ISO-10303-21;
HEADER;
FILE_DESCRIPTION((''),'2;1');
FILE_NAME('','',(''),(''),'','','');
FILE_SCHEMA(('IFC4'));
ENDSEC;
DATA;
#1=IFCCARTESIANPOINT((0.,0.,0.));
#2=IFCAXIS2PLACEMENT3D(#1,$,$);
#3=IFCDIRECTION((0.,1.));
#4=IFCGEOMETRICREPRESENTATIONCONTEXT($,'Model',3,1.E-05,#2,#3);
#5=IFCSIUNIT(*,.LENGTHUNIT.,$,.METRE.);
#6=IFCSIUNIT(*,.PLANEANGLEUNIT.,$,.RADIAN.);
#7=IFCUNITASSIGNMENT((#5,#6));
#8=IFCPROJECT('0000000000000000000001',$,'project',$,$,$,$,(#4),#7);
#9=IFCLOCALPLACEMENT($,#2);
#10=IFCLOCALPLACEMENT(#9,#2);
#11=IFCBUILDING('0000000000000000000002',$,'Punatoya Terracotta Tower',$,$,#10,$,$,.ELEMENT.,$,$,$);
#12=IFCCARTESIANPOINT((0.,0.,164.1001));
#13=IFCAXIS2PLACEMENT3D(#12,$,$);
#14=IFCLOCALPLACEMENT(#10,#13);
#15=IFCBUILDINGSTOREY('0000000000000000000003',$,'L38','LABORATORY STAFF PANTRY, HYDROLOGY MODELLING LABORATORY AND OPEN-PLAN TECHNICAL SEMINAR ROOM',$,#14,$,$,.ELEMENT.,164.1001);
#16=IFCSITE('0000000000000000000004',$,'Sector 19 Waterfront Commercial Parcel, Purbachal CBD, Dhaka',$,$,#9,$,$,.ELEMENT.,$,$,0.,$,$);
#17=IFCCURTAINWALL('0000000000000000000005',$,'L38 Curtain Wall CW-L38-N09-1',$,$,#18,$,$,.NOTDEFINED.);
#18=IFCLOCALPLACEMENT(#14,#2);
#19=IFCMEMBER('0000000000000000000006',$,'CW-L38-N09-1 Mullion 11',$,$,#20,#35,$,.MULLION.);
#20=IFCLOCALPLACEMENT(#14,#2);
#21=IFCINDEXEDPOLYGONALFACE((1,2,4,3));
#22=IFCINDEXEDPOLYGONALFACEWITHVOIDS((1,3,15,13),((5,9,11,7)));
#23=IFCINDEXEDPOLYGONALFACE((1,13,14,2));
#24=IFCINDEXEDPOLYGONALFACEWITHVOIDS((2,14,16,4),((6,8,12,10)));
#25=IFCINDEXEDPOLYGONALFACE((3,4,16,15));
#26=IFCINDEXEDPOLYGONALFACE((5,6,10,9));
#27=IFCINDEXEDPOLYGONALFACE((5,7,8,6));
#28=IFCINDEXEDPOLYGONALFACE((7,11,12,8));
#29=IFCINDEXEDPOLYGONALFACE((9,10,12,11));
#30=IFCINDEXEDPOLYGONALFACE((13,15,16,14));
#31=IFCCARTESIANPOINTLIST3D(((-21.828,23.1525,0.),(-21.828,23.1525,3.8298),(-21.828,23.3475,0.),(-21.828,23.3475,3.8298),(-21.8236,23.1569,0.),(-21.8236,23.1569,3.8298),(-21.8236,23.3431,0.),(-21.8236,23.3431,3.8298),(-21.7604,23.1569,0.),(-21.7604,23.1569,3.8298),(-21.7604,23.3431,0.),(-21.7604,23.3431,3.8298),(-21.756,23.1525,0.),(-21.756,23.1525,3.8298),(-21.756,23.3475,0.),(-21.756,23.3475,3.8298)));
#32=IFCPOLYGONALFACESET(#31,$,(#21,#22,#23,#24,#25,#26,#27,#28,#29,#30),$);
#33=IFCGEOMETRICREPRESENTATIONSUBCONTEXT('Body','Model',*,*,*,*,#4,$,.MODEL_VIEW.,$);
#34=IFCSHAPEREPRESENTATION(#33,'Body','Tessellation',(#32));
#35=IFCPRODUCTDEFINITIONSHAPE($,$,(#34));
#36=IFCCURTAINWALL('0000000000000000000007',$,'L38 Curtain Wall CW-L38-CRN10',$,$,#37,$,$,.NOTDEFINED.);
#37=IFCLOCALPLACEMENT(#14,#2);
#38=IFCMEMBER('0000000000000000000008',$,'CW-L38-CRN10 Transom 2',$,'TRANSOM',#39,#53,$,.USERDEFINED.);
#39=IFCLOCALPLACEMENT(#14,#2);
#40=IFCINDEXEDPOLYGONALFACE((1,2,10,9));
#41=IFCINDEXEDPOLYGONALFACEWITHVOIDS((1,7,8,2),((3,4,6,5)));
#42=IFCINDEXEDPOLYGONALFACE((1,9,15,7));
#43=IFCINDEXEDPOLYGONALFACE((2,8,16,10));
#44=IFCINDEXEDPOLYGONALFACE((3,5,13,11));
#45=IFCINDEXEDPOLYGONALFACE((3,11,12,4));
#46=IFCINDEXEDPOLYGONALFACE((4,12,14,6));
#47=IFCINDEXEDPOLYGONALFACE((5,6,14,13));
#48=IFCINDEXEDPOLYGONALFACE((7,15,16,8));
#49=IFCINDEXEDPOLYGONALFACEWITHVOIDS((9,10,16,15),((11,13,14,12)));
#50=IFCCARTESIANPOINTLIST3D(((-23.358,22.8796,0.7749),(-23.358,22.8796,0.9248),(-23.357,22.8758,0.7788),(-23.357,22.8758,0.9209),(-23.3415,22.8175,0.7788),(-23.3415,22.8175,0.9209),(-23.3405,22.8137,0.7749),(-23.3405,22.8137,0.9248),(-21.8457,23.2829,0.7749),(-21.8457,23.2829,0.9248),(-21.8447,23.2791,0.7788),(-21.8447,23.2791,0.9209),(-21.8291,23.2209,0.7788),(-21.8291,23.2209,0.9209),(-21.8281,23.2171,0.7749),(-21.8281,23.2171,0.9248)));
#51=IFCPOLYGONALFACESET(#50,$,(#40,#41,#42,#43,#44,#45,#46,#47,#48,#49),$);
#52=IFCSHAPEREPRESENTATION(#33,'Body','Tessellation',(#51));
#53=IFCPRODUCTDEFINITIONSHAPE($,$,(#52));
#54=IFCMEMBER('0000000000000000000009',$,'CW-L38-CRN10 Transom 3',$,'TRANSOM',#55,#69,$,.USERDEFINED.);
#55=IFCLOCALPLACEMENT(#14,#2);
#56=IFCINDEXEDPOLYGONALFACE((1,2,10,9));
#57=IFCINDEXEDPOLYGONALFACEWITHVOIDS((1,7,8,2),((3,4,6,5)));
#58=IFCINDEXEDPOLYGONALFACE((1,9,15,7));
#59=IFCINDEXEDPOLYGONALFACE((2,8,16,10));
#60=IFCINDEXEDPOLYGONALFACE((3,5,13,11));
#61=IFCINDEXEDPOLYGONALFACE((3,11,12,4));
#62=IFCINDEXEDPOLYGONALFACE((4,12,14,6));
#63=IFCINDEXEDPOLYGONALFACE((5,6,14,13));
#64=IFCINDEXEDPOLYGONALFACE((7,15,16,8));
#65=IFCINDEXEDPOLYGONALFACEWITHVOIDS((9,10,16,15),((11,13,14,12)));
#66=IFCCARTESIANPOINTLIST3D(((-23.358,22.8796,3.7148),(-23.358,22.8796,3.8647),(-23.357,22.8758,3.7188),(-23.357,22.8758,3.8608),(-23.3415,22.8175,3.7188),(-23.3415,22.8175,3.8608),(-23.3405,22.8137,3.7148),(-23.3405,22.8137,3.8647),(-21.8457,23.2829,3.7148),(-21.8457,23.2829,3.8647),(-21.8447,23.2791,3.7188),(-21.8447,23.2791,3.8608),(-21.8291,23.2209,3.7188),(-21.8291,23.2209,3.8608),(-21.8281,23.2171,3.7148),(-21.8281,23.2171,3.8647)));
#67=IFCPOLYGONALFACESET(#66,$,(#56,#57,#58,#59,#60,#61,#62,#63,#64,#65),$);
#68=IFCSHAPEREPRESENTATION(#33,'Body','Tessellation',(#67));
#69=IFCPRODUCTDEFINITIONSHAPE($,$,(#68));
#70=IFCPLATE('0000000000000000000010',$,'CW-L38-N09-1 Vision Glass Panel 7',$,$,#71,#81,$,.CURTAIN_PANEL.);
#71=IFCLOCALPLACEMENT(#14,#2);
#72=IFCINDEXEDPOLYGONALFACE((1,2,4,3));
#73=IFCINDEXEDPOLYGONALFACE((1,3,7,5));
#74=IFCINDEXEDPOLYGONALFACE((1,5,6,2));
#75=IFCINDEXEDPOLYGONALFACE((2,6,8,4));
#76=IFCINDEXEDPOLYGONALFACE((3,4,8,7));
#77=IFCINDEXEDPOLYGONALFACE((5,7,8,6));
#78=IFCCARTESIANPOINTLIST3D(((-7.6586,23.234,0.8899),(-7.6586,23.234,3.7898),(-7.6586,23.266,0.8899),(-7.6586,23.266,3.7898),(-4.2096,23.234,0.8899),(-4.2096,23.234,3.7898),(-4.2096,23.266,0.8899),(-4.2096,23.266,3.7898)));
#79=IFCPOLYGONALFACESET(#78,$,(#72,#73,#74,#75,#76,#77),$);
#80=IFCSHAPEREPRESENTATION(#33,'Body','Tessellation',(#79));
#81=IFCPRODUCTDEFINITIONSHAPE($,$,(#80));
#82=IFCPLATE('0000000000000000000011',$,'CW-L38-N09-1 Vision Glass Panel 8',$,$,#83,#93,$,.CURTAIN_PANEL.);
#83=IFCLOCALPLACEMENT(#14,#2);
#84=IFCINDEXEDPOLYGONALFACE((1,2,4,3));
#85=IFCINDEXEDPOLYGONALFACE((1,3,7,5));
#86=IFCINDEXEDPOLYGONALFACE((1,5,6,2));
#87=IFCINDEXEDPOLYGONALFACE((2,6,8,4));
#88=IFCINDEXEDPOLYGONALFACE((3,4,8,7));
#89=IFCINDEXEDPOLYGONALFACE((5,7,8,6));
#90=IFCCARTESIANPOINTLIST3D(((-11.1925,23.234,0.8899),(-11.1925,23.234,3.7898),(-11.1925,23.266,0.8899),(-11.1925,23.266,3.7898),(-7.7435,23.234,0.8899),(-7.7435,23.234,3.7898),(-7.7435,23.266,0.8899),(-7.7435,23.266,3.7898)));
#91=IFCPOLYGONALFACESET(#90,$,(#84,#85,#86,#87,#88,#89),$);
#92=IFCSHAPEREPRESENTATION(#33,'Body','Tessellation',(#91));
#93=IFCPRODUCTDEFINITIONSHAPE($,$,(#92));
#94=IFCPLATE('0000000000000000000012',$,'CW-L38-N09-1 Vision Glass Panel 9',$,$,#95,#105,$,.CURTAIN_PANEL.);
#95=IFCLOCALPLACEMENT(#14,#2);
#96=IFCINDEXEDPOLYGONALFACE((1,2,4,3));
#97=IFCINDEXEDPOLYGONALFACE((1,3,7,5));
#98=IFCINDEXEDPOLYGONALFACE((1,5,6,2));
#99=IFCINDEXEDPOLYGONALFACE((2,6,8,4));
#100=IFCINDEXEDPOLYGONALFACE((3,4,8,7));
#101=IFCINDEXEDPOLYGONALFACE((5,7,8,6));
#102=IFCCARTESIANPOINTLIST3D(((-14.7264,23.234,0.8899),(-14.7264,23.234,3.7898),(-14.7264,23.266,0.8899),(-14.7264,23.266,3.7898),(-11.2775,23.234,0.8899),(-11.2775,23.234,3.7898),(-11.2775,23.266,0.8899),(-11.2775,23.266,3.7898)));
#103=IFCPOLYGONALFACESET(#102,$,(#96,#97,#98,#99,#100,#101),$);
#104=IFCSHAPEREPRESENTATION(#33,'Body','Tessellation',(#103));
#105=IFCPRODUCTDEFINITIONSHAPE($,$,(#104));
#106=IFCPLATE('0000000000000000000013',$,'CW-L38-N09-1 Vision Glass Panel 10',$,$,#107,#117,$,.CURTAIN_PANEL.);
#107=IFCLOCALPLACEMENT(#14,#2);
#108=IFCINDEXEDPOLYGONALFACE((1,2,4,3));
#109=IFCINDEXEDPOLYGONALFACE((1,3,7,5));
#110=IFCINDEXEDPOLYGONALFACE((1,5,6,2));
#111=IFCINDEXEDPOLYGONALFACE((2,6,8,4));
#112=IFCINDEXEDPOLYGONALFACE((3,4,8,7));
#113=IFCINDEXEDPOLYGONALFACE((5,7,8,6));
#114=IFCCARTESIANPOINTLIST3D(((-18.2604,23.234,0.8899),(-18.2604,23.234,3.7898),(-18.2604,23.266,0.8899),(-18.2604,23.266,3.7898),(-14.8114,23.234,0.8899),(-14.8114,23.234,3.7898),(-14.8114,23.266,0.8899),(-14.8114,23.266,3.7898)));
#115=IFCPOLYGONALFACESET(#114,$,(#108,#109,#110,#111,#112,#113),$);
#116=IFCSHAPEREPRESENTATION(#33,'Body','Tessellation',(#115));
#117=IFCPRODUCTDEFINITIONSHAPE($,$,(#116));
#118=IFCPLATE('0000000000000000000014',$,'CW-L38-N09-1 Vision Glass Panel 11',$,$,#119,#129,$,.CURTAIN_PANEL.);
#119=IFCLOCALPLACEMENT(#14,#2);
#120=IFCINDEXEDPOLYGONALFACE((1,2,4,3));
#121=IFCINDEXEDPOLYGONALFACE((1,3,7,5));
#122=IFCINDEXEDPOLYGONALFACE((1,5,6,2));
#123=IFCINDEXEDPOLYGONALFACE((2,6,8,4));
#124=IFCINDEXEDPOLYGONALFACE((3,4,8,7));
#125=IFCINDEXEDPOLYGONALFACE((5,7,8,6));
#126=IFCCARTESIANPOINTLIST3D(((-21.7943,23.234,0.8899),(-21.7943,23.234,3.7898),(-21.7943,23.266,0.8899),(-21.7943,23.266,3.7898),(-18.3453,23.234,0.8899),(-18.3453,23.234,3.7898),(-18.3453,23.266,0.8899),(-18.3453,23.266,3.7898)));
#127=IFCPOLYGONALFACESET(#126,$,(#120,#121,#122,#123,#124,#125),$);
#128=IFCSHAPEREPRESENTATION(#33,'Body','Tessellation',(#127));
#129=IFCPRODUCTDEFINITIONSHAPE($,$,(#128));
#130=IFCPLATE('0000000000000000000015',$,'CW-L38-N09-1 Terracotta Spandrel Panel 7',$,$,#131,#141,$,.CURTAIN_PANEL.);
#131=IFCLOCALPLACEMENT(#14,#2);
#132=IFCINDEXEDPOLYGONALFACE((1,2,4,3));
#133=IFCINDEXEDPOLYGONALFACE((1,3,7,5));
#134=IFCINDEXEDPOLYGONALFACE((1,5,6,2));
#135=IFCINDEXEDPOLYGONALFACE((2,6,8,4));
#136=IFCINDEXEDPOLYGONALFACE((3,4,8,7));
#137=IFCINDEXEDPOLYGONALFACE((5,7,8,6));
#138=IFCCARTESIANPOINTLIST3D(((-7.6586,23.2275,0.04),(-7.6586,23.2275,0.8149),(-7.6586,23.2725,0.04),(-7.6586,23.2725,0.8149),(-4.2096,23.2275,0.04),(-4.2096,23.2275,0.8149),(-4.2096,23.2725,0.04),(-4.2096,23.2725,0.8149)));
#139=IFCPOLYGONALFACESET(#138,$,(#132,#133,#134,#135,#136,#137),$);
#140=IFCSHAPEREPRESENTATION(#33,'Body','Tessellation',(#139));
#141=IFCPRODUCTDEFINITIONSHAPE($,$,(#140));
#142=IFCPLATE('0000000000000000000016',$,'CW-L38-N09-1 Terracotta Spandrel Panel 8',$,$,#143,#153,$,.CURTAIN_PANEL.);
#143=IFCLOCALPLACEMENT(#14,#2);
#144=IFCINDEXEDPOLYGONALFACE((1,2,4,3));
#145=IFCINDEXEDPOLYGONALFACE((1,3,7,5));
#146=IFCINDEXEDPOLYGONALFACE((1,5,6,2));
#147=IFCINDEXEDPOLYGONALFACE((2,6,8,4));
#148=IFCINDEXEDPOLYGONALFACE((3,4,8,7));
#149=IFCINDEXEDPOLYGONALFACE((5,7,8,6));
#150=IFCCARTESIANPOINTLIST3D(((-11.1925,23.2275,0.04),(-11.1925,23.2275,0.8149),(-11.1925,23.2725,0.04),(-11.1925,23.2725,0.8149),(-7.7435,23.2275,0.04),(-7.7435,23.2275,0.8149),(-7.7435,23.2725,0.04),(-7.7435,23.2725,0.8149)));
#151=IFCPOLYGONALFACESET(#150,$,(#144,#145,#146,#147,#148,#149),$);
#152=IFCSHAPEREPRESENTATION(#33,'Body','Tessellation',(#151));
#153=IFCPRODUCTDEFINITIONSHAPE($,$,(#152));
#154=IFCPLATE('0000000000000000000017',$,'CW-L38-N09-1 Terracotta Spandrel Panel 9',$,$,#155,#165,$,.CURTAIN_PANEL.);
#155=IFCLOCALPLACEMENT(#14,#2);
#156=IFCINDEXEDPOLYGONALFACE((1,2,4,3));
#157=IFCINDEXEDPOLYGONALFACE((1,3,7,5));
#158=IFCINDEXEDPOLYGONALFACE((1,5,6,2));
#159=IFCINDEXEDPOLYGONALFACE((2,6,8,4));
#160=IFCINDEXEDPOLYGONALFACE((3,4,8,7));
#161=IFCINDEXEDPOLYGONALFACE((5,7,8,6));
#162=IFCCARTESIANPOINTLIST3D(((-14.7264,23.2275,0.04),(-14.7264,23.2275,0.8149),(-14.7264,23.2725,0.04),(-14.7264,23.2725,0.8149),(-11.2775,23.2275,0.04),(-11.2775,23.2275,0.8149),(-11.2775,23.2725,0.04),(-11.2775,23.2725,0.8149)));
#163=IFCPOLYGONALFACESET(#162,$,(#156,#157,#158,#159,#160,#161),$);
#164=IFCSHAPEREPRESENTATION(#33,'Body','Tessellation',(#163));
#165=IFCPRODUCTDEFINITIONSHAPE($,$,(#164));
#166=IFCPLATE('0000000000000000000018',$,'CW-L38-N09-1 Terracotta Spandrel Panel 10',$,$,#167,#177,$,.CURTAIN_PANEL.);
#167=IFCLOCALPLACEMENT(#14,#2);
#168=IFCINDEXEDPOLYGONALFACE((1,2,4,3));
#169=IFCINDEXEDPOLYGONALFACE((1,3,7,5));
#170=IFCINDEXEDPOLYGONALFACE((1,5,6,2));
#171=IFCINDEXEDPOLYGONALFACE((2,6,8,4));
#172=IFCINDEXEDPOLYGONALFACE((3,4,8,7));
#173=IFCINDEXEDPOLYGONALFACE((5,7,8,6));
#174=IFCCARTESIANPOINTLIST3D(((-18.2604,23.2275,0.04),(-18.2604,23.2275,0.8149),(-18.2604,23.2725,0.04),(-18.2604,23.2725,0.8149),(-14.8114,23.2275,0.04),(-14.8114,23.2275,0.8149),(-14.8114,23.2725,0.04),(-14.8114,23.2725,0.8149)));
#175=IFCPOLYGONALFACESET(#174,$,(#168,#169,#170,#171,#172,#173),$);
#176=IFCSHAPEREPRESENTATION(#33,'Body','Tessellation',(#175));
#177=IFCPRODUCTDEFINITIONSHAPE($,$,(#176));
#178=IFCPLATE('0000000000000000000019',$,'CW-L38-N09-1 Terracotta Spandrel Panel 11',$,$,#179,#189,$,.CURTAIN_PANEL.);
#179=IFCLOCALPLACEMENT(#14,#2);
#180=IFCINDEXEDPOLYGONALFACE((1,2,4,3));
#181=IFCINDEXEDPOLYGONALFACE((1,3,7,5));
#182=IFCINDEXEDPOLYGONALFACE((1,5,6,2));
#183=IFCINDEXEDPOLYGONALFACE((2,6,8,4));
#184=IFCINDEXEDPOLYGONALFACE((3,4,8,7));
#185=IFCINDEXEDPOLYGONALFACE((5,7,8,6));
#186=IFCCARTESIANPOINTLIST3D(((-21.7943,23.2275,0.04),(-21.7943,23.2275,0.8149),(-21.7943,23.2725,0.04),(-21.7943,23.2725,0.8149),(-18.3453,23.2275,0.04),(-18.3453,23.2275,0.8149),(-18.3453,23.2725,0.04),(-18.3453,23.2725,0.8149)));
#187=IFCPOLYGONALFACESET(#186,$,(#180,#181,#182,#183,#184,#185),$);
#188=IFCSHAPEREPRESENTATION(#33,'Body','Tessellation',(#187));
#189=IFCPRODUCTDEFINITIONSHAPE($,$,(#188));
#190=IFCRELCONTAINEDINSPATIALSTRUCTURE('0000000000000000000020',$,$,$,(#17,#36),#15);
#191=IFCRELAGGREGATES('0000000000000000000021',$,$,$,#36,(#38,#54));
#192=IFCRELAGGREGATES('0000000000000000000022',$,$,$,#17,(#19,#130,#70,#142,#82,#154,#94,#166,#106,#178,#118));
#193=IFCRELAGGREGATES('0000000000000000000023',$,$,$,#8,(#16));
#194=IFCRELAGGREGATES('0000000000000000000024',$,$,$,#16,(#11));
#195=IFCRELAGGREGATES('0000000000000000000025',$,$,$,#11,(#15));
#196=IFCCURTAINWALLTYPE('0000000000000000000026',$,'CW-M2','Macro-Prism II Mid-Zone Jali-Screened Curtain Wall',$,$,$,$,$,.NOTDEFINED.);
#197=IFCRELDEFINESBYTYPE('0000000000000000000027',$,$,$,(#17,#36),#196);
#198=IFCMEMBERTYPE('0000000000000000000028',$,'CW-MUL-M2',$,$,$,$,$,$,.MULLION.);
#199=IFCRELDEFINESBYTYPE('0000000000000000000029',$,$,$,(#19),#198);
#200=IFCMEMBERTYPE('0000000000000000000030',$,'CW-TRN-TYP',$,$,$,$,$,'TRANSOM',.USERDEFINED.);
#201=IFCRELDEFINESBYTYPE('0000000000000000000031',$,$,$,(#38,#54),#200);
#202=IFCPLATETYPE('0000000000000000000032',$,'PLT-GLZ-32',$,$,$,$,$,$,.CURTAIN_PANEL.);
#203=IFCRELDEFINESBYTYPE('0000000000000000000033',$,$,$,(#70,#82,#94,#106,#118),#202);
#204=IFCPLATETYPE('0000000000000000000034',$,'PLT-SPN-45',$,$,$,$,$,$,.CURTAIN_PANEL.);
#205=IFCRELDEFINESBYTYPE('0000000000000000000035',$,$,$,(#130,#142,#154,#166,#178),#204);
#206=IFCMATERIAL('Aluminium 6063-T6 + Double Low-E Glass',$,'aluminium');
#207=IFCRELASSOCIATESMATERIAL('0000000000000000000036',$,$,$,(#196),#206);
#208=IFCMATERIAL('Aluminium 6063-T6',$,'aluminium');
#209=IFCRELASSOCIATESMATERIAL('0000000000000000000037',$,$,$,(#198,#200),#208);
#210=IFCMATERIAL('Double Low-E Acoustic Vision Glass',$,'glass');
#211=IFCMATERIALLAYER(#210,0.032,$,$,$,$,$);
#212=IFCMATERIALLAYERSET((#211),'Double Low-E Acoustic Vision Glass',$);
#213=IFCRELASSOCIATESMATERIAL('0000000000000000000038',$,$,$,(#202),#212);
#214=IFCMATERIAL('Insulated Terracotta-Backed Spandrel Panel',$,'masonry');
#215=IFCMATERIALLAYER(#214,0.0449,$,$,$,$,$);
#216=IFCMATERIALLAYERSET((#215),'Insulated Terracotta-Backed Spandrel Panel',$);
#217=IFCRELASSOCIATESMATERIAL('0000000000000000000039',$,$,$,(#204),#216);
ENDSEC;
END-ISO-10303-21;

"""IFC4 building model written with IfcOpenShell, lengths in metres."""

from ifc_helpers import new_model, si_unit, direction, frame, origin, origin_2d, place, context, subcontext, project, spatial, rectangle, hollow_rectangle, extrude, material, layer, layer_set, material_profile, profile_set, type_object, element, aggregate, save


model = new_model("IFC4")

# Units and contexts
model_context = context("Model", 3, precision=1e-05, world=origin(), true_north=direction((0.0, 1.0)))
body_context = subcontext(model_context, "Body", "Model", "MODEL_VIEW")
ifc_project = project(units=[si_unit("LENGTHUNIT", "METRE"), si_unit("PLANEANGLEUNIT", "RADIAN")], contexts=[model_context])

# Site, building, storey
site_placement = place(None, origin())
site = spatial("IfcSite", under=ifc_project, at=site_placement, Name="Sector 19 Waterfront Commercial Parcel, Purbachal CBD, Dhaka", CompositionType="ELEMENT", RefElevation=0.0)
building_placement = place(site_placement, origin())
building = spatial("IfcBuilding", under=site, at=building_placement, Name="Punatoya Terracotta Tower", CompositionType="ELEMENT")
storey_placement = place(building_placement, frame((0.0, 0.0, 164.1001)))
storey = spatial("IfcBuildingStorey", under=building, at=storey_placement, Name="L38", Description="LABORATORY STAFF PANTRY, HYDROLOGY MODELLING LABORATORY AND OPEN-PLAN TECHNICAL SEMINAR ROOM", CompositionType="ELEMENT", Elevation=164.1001)

# Curtain walls, members
ifc_material_1 = material(Name="Aluminium 6063-T6 + Double Low-E Glass", Category="aluminium")
curtain_wall_type = type_object("IfcCurtainWallType", Name="CW-M2", Description="Macro-Prism II Mid-Zone Jali-Screened Curtain Wall", PredefinedType="NOTDEFINED", material=ifc_material_1)
curtain_wall_1_placement = place(storey_placement, origin())
curtain_wall_1 = element("IfcCurtainWall", 1, at=curtain_wall_1_placement, inside=storey, type_object=curtain_wall_type, Name="L38 Curtain Wall CW-L38-N09-1", PredefinedType="NOTDEFINED")
ifc_material_2 = material(Name="Aluminium 6063-T6", Category="aluminium")
ifc_material_profile_1 = material_profile(ifc_material_2, hollow_rectangle(XDim=0.072, YDim=0.1951, WallThickness=0.0044, at=origin_2d()))
ifc_profile_set_1 = profile_set([ifc_material_profile_1], Name="Aluminium 6063-T6")
member_type_1 = type_object("IfcMemberType", Name="CW-MUL-M2", PredefinedType="MULLION", material=ifc_profile_set_1)
member_1_placement = place(storey_placement, frame((-21.792, 23.25, 0.0), z_axis=(0.0, 0.0, 1.0), x_axis=(1.0, 0.0, 0.0)))
member_1 = element("IfcMember", 2, at=member_1_placement, type_object=member_type_1, Name="CW-L38-N09-1 Mullion 11", PredefinedType="MULLION", context=body_context, shape_type="SweptSolid", body=[
    extrude(hollow_rectangle(XDim=0.072, YDim=0.1951, WallThickness=0.0044, at=origin_2d()), origin(), (0.0, 0.0, 1.0), 3.8298),
])
curtain_wall_2_placement = place(storey_placement, origin())
curtain_wall_2 = element("IfcCurtainWall", 3, at=curtain_wall_2_placement, inside=storey, type_object=curtain_wall_type, Name="L38 Curtain Wall CW-L38-CRN10", PredefinedType="NOTDEFINED")
ifc_material_profile_2 = material_profile(ifc_material_2, hollow_rectangle(XDim=0.0681, YDim=0.1499, WallThickness=0.0039, at=origin_2d()))
ifc_profile_set_2 = profile_set([ifc_material_profile_2], Name="Aluminium 6063-T6")
member_type_2 = type_object("IfcMemberType", Name="CW-TRN-TYP", ElementType="TRANSOM", PredefinedType="USERDEFINED", material=ifc_profile_set_2)
member_2_placement = place(storey_placement, frame((-21.8369, 23.25, 0.8499), z_axis=(-0.966225, -0.257701, 0.0), x_axis=(0.257701, -0.966225, 0.0)))
member_2 = element("IfcMember", 4, at=member_2_placement, type_object=member_type_2, Name="CW-L38-CRN10 Transom 2", ObjectType="TRANSOM", PredefinedType="USERDEFINED", context=body_context, shape_type="SweptSolid", body=[
    extrude(hollow_rectangle(XDim=0.0681, YDim=0.1499, WallThickness=0.0039, at=origin_2d()), origin(), (0.0, 0.0, 1.0), 1.5652),
])
member_3_placement = place(storey_placement, frame((-21.8369, 23.25, 3.7898), z_axis=(-0.966225, -0.257701, 0.0), x_axis=(0.257701, -0.966225, 0.0)))
member_3 = element("IfcMember", 5, at=member_3_placement, type_object=member_type_2, Name="CW-L38-CRN10 Transom 3", ObjectType="TRANSOM", PredefinedType="USERDEFINED", context=body_context, shape_type="SweptSolid", body=[
    extrude(hollow_rectangle(XDim=0.0681, YDim=0.1499, WallThickness=0.0039, at=origin_2d()), origin(), (0.0, 0.0, 1.0), 1.5652),
])
aggregate(curtain_wall_2, [member_2, member_3])

# Plates
ifc_material_3 = material(Name="Double Low-E Acoustic Vision Glass", Category="glass")
ifc_layer_1 = layer(ifc_material_3, 0.032)
ifc_layer_set_1 = layer_set([ifc_layer_1], Name="Double Low-E Acoustic Vision Glass")
plate_type_1 = type_object("IfcPlateType", Name="PLT-GLZ-32", PredefinedType="CURTAIN_PANEL", material=ifc_layer_set_1)
plate_1_placement = place(storey_placement, frame((-5.9341, 23.25, 0.8899), z_axis=(0.0, 0.0, 1.0), x_axis=(-1.0, 0.0, 0.0)))
plate_1 = element("IfcPlate", 6, at=plate_1_placement, type_object=plate_type_1, Name="CW-L38-N09-1 Vision Glass Panel 7", PredefinedType="CURTAIN_PANEL", context=body_context, shape_type="SweptSolid", body=[
    extrude(rectangle(XDim=3.449, YDim=0.032, at=origin_2d()), origin(), (0.0, 0.0, 1.0), 2.8999),
])
plate_2_placement = place(storey_placement, frame((-9.468, 23.25, 0.8899), z_axis=(0.0, 0.0, 1.0), x_axis=(-1.0, 0.0, 0.0)))
plate_2 = element("IfcPlate", 7, at=plate_2_placement, type_object=plate_type_1, Name="CW-L38-N09-1 Vision Glass Panel 8", PredefinedType="CURTAIN_PANEL", context=body_context, shape_type="SweptSolid", body=[
    extrude(rectangle(XDim=3.449, YDim=0.032, at=origin_2d()), origin(), (0.0, 0.0, 1.0), 2.8999),
])
plate_3_placement = place(storey_placement, frame((-13.002, 23.25, 0.8899), z_axis=(0.0, 0.0, 1.0), x_axis=(-1.0, 0.0, 0.0)))
plate_3 = element("IfcPlate", 8, at=plate_3_placement, type_object=plate_type_1, Name="CW-L38-N09-1 Vision Glass Panel 9", PredefinedType="CURTAIN_PANEL", context=body_context, shape_type="SweptSolid", body=[
    extrude(rectangle(XDim=3.449, YDim=0.032, at=origin_2d()), origin(), (0.0, 0.0, 1.0), 2.8999),
])
plate_4_placement = place(storey_placement, frame((-16.5359, 23.25, 0.8899), z_axis=(0.0, 0.0, 1.0), x_axis=(-1.0, 0.0, 0.0)))
plate_4 = element("IfcPlate", 9, at=plate_4_placement, type_object=plate_type_1, Name="CW-L38-N09-1 Vision Glass Panel 10", PredefinedType="CURTAIN_PANEL", context=body_context, shape_type="SweptSolid", body=[
    extrude(rectangle(XDim=3.449, YDim=0.032, at=origin_2d()), origin(), (0.0, 0.0, 1.0), 2.8999),
])
plate_5_placement = place(storey_placement, frame((-20.0698, 23.25, 0.8899), z_axis=(0.0, 0.0, 1.0), x_axis=(-1.0, 0.0, 0.0)))
plate_5 = element("IfcPlate", 10, at=plate_5_placement, type_object=plate_type_1, Name="CW-L38-N09-1 Vision Glass Panel 11", PredefinedType="CURTAIN_PANEL", context=body_context, shape_type="SweptSolid", body=[
    extrude(rectangle(XDim=3.449, YDim=0.032, at=origin_2d()), origin(), (0.0, 0.0, 1.0), 2.8999),
])
ifc_material_4 = material(Name="Insulated Terracotta-Backed Spandrel Panel", Category="masonry")
ifc_layer_2 = layer(ifc_material_4, 0.0449)
ifc_layer_set_2 = layer_set([ifc_layer_2], Name="Insulated Terracotta-Backed Spandrel Panel")
plate_type_2 = type_object("IfcPlateType", Name="PLT-SPN-45", PredefinedType="CURTAIN_PANEL", material=ifc_layer_set_2)
plate_6_placement = place(storey_placement, frame((-5.9341, 23.25, 0.04), z_axis=(0.0, 0.0, 1.0), x_axis=(-1.0, 0.0, 0.0)))
plate_6 = element("IfcPlate", 11, at=plate_6_placement, type_object=plate_type_2, Name="CW-L38-N09-1 Terracotta Spandrel Panel 7", PredefinedType="CURTAIN_PANEL", context=body_context, shape_type="SweptSolid", body=[
    extrude(rectangle(XDim=3.449, YDim=0.0449, at=origin_2d()), origin(), (0.0, 0.0, 1.0), 0.7749),
])
plate_7_placement = place(storey_placement, frame((-9.468, 23.25, 0.04), z_axis=(0.0, 0.0, 1.0), x_axis=(-1.0, 0.0, 0.0)))
plate_7 = element("IfcPlate", 12, at=plate_7_placement, type_object=plate_type_2, Name="CW-L38-N09-1 Terracotta Spandrel Panel 8", PredefinedType="CURTAIN_PANEL", context=body_context, shape_type="SweptSolid", body=[
    extrude(rectangle(XDim=3.449, YDim=0.0449, at=origin_2d()), origin(), (0.0, 0.0, 1.0), 0.7749),
])
plate_8_placement = place(storey_placement, frame((-13.002, 23.25, 0.04), z_axis=(0.0, 0.0, 1.0), x_axis=(-1.0, 0.0, 0.0)))
plate_8 = element("IfcPlate", 13, at=plate_8_placement, type_object=plate_type_2, Name="CW-L38-N09-1 Terracotta Spandrel Panel 9", PredefinedType="CURTAIN_PANEL", context=body_context, shape_type="SweptSolid", body=[
    extrude(rectangle(XDim=3.449, YDim=0.0449, at=origin_2d()), origin(), (0.0, 0.0, 1.0), 0.7749),
])
plate_9_placement = place(storey_placement, frame((-16.5359, 23.25, 0.04), z_axis=(0.0, 0.0, 1.0), x_axis=(-1.0, 0.0, 0.0)))
plate_9 = element("IfcPlate", 14, at=plate_9_placement, type_object=plate_type_2, Name="CW-L38-N09-1 Terracotta Spandrel Panel 10", PredefinedType="CURTAIN_PANEL", context=body_context, shape_type="SweptSolid", body=[
    extrude(rectangle(XDim=3.449, YDim=0.0449, at=origin_2d()), origin(), (0.0, 0.0, 1.0), 0.7749),
])
plate_10_placement = place(storey_placement, frame((-20.0698, 23.25, 0.04), z_axis=(0.0, 0.0, 1.0), x_axis=(-1.0, 0.0, 0.0)))
plate_10 = element("IfcPlate", 15, at=plate_10_placement, type_object=plate_type_2, Name="CW-L38-N09-1 Terracotta Spandrel Panel 11", PredefinedType="CURTAIN_PANEL", context=body_context, shape_type="SweptSolid", body=[
    extrude(rectangle(XDim=3.449, YDim=0.0449, at=origin_2d()), origin(), (0.0, 0.0, 1.0), 0.7749),
])
aggregate(curtain_wall_1, [member_1, plate_6, plate_1, plate_7, plate_2, plate_8, plate_3, plate_9, plate_4, plate_10, plate_5])

save(model, "model.ifc")
